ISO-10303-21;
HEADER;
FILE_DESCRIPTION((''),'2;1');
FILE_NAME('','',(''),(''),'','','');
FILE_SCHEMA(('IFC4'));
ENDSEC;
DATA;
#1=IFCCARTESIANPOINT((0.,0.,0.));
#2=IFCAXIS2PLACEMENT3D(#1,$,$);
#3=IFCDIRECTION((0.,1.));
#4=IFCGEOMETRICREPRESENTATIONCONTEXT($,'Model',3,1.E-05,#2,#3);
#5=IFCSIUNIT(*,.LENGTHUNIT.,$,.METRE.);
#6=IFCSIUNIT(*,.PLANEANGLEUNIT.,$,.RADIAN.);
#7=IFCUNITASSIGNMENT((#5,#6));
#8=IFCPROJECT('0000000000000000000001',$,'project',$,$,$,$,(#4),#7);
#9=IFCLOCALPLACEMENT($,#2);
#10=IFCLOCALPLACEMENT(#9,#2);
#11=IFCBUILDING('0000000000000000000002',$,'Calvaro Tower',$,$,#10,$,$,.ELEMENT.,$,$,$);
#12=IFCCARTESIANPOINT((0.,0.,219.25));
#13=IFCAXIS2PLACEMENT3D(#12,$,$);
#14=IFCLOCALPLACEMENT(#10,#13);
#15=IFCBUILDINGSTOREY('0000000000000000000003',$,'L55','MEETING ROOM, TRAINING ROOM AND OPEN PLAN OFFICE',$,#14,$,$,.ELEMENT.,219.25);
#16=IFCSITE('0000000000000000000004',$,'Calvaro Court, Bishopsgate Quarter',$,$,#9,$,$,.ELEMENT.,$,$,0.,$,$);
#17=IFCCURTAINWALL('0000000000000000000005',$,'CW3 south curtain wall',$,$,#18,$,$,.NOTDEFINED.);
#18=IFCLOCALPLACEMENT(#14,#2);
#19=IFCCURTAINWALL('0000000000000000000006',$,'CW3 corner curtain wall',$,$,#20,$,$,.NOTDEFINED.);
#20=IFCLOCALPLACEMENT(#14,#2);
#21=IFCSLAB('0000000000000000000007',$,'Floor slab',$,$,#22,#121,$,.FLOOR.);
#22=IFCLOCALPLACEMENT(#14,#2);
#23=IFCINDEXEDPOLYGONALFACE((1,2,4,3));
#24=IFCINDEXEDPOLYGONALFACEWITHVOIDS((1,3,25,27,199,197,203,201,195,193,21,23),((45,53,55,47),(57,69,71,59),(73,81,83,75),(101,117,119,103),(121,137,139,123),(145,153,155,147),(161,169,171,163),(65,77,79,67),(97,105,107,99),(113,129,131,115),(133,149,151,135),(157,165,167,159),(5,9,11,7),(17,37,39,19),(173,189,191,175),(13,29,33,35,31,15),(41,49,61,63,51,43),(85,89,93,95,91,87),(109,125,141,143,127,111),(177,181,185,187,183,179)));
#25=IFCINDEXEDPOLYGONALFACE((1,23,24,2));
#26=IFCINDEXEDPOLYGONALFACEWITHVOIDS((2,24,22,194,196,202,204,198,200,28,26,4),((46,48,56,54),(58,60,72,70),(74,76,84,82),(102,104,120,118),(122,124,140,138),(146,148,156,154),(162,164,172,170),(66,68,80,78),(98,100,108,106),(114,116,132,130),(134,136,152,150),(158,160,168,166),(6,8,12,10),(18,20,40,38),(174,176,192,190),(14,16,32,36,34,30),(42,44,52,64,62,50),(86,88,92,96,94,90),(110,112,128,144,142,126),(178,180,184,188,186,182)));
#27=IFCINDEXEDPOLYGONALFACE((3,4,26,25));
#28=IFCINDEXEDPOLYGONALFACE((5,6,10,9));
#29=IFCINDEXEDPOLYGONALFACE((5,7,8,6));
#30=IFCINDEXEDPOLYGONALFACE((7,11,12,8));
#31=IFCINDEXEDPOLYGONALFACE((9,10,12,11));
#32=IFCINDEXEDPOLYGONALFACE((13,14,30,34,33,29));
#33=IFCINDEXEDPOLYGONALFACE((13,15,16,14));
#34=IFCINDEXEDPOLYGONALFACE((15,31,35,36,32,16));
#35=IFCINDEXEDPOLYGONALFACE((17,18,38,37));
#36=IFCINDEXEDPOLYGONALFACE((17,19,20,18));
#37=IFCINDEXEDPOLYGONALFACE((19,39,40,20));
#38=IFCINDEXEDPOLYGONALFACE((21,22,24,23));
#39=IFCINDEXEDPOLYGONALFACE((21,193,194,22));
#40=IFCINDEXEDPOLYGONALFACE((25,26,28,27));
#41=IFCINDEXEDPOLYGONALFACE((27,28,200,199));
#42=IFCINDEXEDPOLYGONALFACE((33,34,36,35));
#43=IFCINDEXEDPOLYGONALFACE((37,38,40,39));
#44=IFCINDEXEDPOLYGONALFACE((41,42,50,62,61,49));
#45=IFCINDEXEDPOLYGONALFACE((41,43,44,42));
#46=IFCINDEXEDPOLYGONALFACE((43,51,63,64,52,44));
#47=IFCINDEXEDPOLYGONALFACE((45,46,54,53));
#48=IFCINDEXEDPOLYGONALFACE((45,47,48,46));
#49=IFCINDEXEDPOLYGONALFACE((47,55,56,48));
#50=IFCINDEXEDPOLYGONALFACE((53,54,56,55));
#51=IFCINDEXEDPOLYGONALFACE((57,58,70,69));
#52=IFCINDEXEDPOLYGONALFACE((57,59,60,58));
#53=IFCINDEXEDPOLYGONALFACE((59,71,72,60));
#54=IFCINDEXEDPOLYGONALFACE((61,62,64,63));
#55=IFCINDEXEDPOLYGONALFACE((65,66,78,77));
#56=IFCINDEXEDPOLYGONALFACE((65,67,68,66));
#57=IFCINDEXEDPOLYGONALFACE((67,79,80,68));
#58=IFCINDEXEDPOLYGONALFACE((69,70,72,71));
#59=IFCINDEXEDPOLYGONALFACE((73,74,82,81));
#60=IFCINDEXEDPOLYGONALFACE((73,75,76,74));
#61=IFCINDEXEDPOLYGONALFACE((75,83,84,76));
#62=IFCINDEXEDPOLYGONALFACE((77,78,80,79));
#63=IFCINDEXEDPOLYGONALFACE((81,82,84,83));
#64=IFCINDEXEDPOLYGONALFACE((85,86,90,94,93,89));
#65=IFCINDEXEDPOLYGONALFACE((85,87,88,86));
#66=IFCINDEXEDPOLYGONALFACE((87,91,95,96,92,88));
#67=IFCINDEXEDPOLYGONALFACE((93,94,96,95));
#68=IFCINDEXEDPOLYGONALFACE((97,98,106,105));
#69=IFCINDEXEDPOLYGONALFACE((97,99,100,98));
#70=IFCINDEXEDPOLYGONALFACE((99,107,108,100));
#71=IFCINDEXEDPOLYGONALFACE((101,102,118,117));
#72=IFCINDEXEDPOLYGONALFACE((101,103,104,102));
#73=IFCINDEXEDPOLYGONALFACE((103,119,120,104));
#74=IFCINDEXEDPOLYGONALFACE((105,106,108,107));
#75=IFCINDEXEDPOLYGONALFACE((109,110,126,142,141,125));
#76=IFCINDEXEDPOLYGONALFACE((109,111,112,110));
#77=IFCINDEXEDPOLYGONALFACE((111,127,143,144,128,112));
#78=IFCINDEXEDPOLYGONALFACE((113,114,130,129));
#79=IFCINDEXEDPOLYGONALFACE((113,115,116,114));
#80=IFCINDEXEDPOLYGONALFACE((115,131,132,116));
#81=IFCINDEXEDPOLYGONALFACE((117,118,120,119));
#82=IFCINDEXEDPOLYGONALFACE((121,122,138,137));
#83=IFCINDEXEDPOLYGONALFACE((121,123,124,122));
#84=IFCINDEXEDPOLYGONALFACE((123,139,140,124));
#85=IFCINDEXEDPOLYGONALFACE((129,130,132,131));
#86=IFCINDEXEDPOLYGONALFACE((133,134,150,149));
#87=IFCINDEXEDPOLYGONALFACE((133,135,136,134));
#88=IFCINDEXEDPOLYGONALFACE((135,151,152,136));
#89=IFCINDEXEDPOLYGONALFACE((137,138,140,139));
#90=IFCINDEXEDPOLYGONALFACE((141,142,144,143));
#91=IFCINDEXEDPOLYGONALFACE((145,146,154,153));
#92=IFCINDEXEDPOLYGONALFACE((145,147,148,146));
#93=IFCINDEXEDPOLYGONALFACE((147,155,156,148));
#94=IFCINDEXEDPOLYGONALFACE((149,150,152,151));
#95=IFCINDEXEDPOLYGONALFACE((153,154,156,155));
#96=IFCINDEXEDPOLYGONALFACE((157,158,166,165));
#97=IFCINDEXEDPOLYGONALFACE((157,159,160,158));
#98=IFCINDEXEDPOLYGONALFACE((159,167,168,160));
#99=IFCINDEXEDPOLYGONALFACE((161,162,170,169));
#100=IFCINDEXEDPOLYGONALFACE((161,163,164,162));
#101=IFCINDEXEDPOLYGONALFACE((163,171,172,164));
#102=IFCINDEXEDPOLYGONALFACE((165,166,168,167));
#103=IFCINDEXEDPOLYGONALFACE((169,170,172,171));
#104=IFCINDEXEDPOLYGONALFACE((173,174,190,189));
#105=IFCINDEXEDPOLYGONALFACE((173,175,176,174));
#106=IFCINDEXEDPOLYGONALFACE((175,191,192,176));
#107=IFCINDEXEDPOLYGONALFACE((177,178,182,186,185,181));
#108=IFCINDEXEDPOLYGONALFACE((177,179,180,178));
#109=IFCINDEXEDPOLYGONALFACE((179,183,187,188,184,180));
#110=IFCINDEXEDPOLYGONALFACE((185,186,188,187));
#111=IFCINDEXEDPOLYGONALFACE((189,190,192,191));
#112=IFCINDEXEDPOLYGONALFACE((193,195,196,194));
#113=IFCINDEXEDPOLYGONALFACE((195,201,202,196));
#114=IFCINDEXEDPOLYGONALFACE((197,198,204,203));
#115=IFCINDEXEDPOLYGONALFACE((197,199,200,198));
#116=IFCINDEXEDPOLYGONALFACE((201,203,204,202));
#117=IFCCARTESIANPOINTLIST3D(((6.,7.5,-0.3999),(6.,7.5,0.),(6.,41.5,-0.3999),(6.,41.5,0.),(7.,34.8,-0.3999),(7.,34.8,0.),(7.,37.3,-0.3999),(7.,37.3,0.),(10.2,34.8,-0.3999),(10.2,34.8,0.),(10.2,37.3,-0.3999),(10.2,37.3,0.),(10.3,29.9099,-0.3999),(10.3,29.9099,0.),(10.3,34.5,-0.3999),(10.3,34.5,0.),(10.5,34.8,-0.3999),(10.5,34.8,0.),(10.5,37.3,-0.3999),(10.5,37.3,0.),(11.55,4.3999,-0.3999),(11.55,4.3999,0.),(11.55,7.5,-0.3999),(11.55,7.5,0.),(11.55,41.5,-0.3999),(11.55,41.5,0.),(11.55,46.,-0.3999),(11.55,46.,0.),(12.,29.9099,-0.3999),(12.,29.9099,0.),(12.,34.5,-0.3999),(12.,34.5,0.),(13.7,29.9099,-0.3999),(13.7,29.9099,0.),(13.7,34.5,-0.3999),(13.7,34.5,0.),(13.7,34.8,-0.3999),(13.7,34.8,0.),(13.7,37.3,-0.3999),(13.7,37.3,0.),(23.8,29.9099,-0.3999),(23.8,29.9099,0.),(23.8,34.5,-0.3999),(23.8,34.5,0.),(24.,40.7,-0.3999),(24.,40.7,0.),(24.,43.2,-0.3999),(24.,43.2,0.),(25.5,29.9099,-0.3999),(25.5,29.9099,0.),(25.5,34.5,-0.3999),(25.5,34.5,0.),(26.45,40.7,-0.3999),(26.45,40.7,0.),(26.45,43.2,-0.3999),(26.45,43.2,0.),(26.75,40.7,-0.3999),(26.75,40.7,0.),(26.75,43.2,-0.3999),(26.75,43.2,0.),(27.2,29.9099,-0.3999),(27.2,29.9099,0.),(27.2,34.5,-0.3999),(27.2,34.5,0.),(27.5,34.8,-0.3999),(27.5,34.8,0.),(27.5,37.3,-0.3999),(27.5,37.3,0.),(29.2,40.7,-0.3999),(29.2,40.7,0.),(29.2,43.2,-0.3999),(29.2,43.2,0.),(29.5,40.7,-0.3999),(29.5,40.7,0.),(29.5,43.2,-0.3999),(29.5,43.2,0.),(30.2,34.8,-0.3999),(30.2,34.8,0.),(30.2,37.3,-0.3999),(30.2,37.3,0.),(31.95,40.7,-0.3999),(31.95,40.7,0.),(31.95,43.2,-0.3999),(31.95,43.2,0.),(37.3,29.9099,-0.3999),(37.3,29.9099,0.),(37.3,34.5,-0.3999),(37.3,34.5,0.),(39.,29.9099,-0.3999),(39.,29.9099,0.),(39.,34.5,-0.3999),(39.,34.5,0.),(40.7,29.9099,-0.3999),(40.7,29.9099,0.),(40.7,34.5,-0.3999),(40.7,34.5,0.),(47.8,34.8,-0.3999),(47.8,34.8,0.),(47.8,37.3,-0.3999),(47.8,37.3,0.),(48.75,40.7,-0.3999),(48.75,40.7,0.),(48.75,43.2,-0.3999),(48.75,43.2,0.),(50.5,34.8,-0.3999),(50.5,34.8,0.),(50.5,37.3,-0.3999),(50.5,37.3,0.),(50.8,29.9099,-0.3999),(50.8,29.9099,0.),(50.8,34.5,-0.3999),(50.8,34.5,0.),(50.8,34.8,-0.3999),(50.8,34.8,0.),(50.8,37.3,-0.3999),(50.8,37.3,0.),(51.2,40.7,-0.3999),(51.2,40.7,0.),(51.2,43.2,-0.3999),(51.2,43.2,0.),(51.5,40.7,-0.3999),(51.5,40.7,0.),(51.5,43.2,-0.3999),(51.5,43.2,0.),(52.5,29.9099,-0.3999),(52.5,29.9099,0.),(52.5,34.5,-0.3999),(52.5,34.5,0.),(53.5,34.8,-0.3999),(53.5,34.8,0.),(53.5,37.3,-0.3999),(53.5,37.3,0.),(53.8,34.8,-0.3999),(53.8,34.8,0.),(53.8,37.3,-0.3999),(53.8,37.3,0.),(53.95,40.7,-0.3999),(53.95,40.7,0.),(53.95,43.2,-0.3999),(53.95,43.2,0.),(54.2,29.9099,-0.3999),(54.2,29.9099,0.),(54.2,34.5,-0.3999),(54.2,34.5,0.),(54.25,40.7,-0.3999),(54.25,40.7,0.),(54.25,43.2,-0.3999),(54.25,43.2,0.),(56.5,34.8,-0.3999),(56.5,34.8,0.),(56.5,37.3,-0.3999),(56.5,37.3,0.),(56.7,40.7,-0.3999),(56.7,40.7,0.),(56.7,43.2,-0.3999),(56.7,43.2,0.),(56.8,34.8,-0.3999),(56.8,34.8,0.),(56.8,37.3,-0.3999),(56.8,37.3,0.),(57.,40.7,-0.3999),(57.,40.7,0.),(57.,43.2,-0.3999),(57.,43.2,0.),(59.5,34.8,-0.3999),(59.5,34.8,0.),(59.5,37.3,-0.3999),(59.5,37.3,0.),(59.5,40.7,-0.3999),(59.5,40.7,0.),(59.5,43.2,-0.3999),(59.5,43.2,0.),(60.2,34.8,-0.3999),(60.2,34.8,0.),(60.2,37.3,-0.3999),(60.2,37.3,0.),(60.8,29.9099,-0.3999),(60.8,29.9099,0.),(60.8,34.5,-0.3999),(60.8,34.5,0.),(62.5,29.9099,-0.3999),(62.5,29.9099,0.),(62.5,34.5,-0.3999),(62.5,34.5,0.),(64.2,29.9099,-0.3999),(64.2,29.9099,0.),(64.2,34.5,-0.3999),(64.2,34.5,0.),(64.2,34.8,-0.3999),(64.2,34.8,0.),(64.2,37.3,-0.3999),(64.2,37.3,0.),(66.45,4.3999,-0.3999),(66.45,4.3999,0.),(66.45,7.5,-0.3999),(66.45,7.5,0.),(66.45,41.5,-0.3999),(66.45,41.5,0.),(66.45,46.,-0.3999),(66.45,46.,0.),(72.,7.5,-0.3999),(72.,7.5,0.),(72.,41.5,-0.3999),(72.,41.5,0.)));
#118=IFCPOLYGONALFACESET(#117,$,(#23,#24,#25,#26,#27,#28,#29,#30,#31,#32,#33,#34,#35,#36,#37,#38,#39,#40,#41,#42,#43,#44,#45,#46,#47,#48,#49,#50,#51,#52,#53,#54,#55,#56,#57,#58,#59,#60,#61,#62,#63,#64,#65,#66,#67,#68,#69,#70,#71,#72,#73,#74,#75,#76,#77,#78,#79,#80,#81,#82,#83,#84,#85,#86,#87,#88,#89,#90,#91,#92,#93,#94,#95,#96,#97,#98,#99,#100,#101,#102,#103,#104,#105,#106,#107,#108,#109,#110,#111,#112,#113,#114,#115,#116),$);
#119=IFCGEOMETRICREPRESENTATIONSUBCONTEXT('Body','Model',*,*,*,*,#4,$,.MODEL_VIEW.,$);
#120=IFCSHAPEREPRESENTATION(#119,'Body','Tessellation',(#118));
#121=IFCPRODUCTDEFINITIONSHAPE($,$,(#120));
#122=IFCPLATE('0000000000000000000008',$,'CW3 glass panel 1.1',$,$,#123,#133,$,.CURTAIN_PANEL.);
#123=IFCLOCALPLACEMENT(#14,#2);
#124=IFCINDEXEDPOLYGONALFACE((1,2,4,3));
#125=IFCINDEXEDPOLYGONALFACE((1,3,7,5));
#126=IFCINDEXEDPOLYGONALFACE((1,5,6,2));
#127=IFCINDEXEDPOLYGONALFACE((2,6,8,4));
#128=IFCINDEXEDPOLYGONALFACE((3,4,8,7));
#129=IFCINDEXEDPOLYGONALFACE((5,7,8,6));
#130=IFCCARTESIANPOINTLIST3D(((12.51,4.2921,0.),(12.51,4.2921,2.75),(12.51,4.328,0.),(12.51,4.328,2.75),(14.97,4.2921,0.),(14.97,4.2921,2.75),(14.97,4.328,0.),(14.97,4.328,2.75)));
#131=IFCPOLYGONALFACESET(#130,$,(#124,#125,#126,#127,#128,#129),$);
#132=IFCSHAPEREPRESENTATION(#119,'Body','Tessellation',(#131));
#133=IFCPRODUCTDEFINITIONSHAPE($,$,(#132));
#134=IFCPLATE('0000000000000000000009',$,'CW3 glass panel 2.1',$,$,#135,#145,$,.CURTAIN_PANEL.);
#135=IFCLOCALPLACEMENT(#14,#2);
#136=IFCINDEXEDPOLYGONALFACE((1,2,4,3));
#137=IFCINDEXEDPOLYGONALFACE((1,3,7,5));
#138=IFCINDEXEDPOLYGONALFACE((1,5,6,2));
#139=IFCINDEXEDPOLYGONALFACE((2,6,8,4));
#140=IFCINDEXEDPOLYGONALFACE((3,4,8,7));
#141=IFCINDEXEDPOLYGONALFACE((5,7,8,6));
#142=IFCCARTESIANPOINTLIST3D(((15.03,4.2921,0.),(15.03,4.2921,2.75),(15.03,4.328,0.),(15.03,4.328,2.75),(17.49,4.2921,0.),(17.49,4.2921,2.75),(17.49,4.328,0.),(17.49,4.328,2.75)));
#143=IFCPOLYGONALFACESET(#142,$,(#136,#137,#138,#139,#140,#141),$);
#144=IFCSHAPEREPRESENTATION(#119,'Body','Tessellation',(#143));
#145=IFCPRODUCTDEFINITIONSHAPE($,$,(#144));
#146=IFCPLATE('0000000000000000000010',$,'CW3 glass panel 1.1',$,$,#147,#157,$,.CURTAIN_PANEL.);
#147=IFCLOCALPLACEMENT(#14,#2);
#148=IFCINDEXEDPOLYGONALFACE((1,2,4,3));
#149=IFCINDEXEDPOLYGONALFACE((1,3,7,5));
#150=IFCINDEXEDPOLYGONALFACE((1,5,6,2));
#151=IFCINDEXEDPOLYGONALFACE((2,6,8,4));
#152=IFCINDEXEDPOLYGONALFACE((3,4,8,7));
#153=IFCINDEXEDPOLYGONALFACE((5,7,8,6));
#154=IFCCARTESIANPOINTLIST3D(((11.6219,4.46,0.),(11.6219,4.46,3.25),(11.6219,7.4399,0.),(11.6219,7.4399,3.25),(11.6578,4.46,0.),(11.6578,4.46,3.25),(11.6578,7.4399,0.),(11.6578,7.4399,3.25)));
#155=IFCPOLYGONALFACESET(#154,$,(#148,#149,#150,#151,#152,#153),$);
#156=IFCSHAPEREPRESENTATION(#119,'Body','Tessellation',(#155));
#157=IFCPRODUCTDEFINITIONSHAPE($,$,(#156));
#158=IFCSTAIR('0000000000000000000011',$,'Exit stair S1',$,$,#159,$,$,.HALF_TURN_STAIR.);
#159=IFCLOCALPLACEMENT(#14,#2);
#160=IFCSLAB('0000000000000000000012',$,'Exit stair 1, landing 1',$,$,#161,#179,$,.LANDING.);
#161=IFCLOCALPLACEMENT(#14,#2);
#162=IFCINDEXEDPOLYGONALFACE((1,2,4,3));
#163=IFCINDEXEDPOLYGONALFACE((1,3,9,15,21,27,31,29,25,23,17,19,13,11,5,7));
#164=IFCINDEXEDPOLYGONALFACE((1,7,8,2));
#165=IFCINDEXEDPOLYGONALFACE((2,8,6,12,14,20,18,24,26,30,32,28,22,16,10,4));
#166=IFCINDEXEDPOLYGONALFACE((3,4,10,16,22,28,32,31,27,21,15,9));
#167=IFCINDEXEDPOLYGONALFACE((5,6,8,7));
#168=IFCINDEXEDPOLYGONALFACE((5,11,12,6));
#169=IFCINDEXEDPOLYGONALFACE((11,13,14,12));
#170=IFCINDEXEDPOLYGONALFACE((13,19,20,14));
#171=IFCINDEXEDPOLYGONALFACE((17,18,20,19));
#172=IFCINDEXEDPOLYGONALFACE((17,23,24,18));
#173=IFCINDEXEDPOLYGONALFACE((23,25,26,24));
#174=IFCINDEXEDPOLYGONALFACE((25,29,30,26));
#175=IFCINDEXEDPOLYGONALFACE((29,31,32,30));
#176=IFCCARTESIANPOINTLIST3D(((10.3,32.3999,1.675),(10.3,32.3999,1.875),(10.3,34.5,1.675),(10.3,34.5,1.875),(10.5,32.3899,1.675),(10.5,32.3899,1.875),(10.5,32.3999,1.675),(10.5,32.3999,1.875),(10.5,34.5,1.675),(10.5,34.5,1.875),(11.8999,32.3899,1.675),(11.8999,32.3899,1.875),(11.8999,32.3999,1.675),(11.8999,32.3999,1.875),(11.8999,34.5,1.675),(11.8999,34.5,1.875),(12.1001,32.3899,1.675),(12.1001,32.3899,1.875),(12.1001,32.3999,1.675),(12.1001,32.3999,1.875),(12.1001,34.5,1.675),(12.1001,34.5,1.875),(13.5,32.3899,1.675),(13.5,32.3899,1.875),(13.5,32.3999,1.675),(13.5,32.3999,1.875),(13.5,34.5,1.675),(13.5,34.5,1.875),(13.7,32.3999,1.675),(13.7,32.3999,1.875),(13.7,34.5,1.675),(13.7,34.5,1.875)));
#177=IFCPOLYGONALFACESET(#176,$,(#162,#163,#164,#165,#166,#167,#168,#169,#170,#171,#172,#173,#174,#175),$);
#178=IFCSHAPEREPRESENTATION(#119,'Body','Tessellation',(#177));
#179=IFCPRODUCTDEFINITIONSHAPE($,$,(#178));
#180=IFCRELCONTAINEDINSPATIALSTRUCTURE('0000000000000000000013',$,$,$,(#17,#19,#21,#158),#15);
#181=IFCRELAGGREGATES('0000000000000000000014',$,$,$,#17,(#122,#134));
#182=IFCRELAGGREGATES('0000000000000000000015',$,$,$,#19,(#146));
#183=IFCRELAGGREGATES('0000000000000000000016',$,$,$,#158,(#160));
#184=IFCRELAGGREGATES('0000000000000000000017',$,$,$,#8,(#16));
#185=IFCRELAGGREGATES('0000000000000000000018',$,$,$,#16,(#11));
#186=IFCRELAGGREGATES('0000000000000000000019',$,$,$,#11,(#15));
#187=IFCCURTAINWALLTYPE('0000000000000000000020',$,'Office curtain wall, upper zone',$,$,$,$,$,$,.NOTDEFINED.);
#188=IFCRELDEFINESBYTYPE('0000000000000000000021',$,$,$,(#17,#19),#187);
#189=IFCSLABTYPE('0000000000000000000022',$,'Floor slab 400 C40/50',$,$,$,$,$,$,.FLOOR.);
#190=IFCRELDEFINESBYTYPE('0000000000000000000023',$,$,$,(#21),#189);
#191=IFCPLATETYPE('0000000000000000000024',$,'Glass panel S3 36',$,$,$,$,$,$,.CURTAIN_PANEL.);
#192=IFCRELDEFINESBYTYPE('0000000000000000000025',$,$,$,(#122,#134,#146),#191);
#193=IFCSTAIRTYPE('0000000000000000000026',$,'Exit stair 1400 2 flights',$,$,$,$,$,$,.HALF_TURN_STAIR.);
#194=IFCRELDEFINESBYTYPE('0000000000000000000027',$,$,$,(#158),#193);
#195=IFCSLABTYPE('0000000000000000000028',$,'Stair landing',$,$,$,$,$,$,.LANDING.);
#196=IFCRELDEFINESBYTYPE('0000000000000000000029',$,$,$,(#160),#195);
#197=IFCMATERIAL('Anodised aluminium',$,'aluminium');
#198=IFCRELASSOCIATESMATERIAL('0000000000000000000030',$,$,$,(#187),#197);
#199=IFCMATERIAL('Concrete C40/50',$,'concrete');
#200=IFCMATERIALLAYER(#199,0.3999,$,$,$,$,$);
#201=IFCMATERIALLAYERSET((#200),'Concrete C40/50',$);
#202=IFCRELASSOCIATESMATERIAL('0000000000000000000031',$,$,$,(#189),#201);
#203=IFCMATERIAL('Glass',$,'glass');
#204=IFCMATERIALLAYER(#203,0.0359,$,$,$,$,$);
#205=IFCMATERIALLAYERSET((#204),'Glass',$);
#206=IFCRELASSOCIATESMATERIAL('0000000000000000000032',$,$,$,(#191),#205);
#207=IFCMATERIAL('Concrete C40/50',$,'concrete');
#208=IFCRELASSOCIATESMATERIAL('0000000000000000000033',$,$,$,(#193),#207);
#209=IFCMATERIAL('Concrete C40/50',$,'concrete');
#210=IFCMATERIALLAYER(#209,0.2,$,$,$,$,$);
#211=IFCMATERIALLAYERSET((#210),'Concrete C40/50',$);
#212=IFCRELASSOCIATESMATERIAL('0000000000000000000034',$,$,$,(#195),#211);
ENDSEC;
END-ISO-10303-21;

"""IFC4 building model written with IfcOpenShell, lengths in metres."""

from ifc_helpers import new_model, si_unit, direction, frame, origin, origin_2d, place, context, subcontext, project, spatial, polyline, rectangle, outline, extrude, material, layer, layer_set, type_object, element, aggregate, save


model = new_model("IFC4")

# Units and contexts
model_context = context("Model", 3, precision=1e-05, world=origin(), true_north=direction((0.0, 1.0)))
body_context = subcontext(model_context, "Body", "Model", "MODEL_VIEW")
ifc_project = project(units=[si_unit("LENGTHUNIT", "METRE"), si_unit("PLANEANGLEUNIT", "RADIAN")], contexts=[model_context])

# Site, building, storey
site_placement = place(None, origin())
site = spatial("IfcSite", under=ifc_project, at=site_placement, Name="Calvaro Court, Bishopsgate Quarter", CompositionType="ELEMENT", RefElevation=0.0)
building_placement = place(site_placement, origin())
building = spatial("IfcBuilding", under=site, at=building_placement, Name="Calvaro Tower", CompositionType="ELEMENT")
storey_placement = place(building_placement, frame((0.0, 0.0, 219.25)))
storey = spatial("IfcBuildingStorey", under=building, at=storey_placement, Name="L55", Description="MEETING ROOM, TRAINING ROOM AND OPEN PLAN OFFICE", CompositionType="ELEMENT", Elevation=219.25)

# Curtain wall
ifc_material_1 = material(Name="Anodised aluminium", Category="aluminium")
curtain_wall_type = type_object("IfcCurtainWallType", Name="Office curtain wall, upper zone", PredefinedType="NOTDEFINED", material=ifc_material_1)
curtain_wall_1_placement = place(storey_placement, origin())
curtain_wall_1 = element("IfcCurtainWall", 1, at=curtain_wall_1_placement, inside=storey, type_object=curtain_wall_type, Name="CW3 south curtain wall", PredefinedType="NOTDEFINED")

# Curtain wall
curtain_wall_2_placement = place(storey_placement, origin())
curtain_wall_2 = element("IfcCurtainWall", 2, at=curtain_wall_2_placement, inside=storey, type_object=curtain_wall_type, Name="CW3 corner curtain wall", PredefinedType="NOTDEFINED")

# Slab
ifc_material_2 = material(Name="Concrete C40/50", Category="concrete")
ifc_layer_1 = layer(ifc_material_2, 0.3999)
ifc_layer_set_1 = layer_set([ifc_layer_1], Name="Concrete C40/50")
slab_type_1 = type_object("IfcSlabType", Name="Floor slab 400 C40/50", PredefinedType="FLOOR", material=ifc_layer_set_1)
slab_1_placement = place(storey_placement, frame((0.0, 0.0, -0.3999)))
element("IfcSlab", 3, at=slab_1_placement, inside=storey, type_object=slab_type_1, Name="Floor slab", PredefinedType="FLOOR", context=body_context, shape_type="SweptSolid", body=[
    extrude(outline(polyline([(66.45, 7.5), (66.45, 4.3999), (11.55, 4.3999), (11.55, 7.5), (6.0, 7.5), (6.0, 41.5), (11.55, 41.5), (11.55, 46.0), (66.45, 46.0), (66.45, 41.5), (72.0, 41.5), (72.0, 7.5), (66.45, 7.5)]), holes=[polyline([(10.3, 29.9099), (10.3, 34.5), (12.0, 34.5), (13.7, 34.5), (13.7, 29.9099), (12.0, 29.9099), (10.3, 29.9099)]), polyline([(23.8, 29.9099), (23.8, 34.5), (25.5, 34.5), (27.2, 34.5), (27.2, 29.9099), (25.5, 29.9099), (23.8, 29.9099)]), polyline([(37.3, 29.9099), (37.3, 34.5), (39.0, 34.5), (40.7, 34.5), (40.7, 29.9099), (39.0, 29.9099), (37.3, 29.9099)]), polyline([(50.8, 29.9099), (50.8, 34.5), (52.5, 34.5), (54.2, 34.5), (54.2, 29.9099), (52.5, 29.9099), (50.8, 29.9099)]), polyline([(60.8, 29.9099), (60.8, 34.5), (62.5, 34.5), (64.2, 34.5), (64.2, 29.9099), (62.5, 29.9099), (60.8, 29.9099)]), polyline([(50.8, 34.8), (53.5, 34.8), (53.5, 37.3), (50.8, 37.3), (50.8, 34.8)]), polyline([(53.8, 34.8), (56.5, 34.8), (56.5, 37.3), (53.8, 37.3), (53.8, 34.8)]), polyline([(56.8, 34.8), (59.5, 34.8), (59.5, 37.3), (56.8, 37.3), (56.8, 34.8)]), polyline([(24.0, 40.7), (26.45, 40.7), (26.45, 43.2), (24.0, 43.2), (24.0, 40.7)]), polyline([(26.75, 40.7), (29.2, 40.7), (29.2, 43.2), (26.75, 43.2), (26.75, 40.7)]), polyline([(29.5, 40.7), (31.95, 40.7), (31.95, 43.2), (29.5, 43.2), (29.5, 40.7)]), polyline([(48.75, 40.7), (51.2, 40.7), (51.2, 43.2), (48.75, 43.2), (48.75, 40.7)]), polyline([(51.5, 40.7), (53.95, 40.7), (53.95, 43.2), (51.5, 43.2), (51.5, 40.7)]), polyline([(54.25, 40.7), (56.7, 40.7), (56.7, 43.2), (54.25, 43.2), (54.25, 40.7)]), polyline([(57.0, 40.7), (59.5, 40.7), (59.5, 43.2), (57.0, 43.2), (57.0, 40.7)]), polyline([(7.0, 34.8), (10.2, 34.8), (10.2, 37.3), (7.0, 37.3), (7.0, 34.8)]), polyline([(10.5, 34.8), (13.7, 34.8), (13.7, 37.3), (10.5, 37.3), (10.5, 34.8)]), polyline([(60.2, 34.8), (64.2, 34.8), (64.2, 37.3), (60.2, 37.3), (60.2, 34.8)]), polyline([(27.5, 34.8), (30.2, 34.8), (30.2, 37.3), (27.5, 37.3), (27.5, 34.8)]), polyline([(47.8, 34.8), (50.5, 34.8), (50.5, 37.3), (47.8, 37.3), (47.8, 34.8)])]), origin(), (0.0, 0.0, 1.0), 0.3999),
])

# Plates
ifc_material_3 = material(Name="Glass", Category="glass")
ifc_layer_2 = layer(ifc_material_3, 0.0359)
ifc_layer_set_2 = layer_set([ifc_layer_2], Name="Glass")
plate_type = type_object("IfcPlateType", Name="Glass panel S3 36", PredefinedType="CURTAIN_PANEL", material=ifc_layer_set_2)
plate_1_placement = place(storey_placement, frame((13.74, 4.3101, 0.0), z_axis=(0.0, 0.0, 1.0), x_axis=(1.0, 0.0, 0.0)))
plate_1 = element("IfcPlate", 4, at=plate_1_placement, type_object=plate_type, Name="CW3 glass panel 1.1", PredefinedType="CURTAIN_PANEL", context=body_context, shape_type="SweptSolid", body=[
    extrude(rectangle(XDim=2.46, YDim=0.0359, at=origin_2d()), origin(), (0.0, 0.0, 1.0), 2.75),
])
plate_2_placement = place(storey_placement, frame((16.26, 4.3101, 0.0), z_axis=(0.0, 0.0, 1.0), x_axis=(1.0, 0.0, 0.0)))
plate_2 = element("IfcPlate", 5, at=plate_2_placement, type_object=plate_type, Name="CW3 glass panel 2.1", PredefinedType="CURTAIN_PANEL", context=body_context, shape_type="SweptSolid", body=[
    extrude(rectangle(XDim=2.46, YDim=0.0359, at=origin_2d()), origin(), (0.0, 0.0, 1.0), 2.75),
])
aggregate(curtain_wall_1, [plate_1, plate_2])
plate_3_placement = place(storey_placement, frame((11.6399, 5.95, 0.0), z_axis=(0.0, 0.0, 1.0), x_axis=(0.0, 1.0, 0.0)))
plate_3 = element("IfcPlate", 6, at=plate_3_placement, type_object=plate_type, Name="CW3 glass panel 1.1", PredefinedType="CURTAIN_PANEL", context=body_context, shape_type="SweptSolid", body=[
    extrude(rectangle(XDim=2.98, YDim=0.0359, at=origin_2d()), origin(), (0.0, 0.0, 1.0), 3.25),
])
aggregate(curtain_wall_2, [plate_3])

# Stair, slab
ifc_material_4 = material(Name="Concrete C40/50", Category="concrete")
stair_type = type_object("IfcStairType", Name="Exit stair 1400 2 flights", PredefinedType="HALF_TURN_STAIR", material=ifc_material_4)
stair_1_placement = place(storey_placement, origin())
stair_1 = element("IfcStair", 7, at=stair_1_placement, inside=storey, type_object=stair_type, Name="Exit stair S1", PredefinedType="HALF_TURN_STAIR")
ifc_material_5 = material(Name="Concrete C40/50", Category="concrete")
ifc_layer_3 = layer(ifc_material_5, 0.2)
ifc_layer_set_3 = layer_set([ifc_layer_3], Name="Concrete C40/50")
slab_type_2 = type_object("IfcSlabType", Name="Stair landing", PredefinedType="LANDING", material=ifc_layer_set_3)
slab_2_placement = place(storey_placement, frame((0.0, 0.0, 1.675)))
slab_2 = element("IfcSlab", 8, at=slab_2_placement, type_object=slab_type_2, Name="Exit stair 1, landing 1", PredefinedType="LANDING", context=body_context, shape_type="SweptSolid", body=[
    extrude(outline(polyline([(11.8999, 32.3899), (10.5, 32.3899), (10.5, 32.3999), (10.3, 32.3999), (10.3, 34.5), (10.5, 34.5), (11.8999, 34.5), (12.1001, 34.5), (13.5, 34.5), (13.7, 34.5), (13.7, 32.3999), (13.5, 32.3999), (13.5, 32.3899), (12.1001, 32.3899), (12.1001, 32.3999), (11.8999, 32.3999), (11.8999, 32.3899)])), origin(), (0.0, 0.0, 1.0), 0.2),
])
aggregate(stair_1, [slab_2])

save(model, "model.ifc")
